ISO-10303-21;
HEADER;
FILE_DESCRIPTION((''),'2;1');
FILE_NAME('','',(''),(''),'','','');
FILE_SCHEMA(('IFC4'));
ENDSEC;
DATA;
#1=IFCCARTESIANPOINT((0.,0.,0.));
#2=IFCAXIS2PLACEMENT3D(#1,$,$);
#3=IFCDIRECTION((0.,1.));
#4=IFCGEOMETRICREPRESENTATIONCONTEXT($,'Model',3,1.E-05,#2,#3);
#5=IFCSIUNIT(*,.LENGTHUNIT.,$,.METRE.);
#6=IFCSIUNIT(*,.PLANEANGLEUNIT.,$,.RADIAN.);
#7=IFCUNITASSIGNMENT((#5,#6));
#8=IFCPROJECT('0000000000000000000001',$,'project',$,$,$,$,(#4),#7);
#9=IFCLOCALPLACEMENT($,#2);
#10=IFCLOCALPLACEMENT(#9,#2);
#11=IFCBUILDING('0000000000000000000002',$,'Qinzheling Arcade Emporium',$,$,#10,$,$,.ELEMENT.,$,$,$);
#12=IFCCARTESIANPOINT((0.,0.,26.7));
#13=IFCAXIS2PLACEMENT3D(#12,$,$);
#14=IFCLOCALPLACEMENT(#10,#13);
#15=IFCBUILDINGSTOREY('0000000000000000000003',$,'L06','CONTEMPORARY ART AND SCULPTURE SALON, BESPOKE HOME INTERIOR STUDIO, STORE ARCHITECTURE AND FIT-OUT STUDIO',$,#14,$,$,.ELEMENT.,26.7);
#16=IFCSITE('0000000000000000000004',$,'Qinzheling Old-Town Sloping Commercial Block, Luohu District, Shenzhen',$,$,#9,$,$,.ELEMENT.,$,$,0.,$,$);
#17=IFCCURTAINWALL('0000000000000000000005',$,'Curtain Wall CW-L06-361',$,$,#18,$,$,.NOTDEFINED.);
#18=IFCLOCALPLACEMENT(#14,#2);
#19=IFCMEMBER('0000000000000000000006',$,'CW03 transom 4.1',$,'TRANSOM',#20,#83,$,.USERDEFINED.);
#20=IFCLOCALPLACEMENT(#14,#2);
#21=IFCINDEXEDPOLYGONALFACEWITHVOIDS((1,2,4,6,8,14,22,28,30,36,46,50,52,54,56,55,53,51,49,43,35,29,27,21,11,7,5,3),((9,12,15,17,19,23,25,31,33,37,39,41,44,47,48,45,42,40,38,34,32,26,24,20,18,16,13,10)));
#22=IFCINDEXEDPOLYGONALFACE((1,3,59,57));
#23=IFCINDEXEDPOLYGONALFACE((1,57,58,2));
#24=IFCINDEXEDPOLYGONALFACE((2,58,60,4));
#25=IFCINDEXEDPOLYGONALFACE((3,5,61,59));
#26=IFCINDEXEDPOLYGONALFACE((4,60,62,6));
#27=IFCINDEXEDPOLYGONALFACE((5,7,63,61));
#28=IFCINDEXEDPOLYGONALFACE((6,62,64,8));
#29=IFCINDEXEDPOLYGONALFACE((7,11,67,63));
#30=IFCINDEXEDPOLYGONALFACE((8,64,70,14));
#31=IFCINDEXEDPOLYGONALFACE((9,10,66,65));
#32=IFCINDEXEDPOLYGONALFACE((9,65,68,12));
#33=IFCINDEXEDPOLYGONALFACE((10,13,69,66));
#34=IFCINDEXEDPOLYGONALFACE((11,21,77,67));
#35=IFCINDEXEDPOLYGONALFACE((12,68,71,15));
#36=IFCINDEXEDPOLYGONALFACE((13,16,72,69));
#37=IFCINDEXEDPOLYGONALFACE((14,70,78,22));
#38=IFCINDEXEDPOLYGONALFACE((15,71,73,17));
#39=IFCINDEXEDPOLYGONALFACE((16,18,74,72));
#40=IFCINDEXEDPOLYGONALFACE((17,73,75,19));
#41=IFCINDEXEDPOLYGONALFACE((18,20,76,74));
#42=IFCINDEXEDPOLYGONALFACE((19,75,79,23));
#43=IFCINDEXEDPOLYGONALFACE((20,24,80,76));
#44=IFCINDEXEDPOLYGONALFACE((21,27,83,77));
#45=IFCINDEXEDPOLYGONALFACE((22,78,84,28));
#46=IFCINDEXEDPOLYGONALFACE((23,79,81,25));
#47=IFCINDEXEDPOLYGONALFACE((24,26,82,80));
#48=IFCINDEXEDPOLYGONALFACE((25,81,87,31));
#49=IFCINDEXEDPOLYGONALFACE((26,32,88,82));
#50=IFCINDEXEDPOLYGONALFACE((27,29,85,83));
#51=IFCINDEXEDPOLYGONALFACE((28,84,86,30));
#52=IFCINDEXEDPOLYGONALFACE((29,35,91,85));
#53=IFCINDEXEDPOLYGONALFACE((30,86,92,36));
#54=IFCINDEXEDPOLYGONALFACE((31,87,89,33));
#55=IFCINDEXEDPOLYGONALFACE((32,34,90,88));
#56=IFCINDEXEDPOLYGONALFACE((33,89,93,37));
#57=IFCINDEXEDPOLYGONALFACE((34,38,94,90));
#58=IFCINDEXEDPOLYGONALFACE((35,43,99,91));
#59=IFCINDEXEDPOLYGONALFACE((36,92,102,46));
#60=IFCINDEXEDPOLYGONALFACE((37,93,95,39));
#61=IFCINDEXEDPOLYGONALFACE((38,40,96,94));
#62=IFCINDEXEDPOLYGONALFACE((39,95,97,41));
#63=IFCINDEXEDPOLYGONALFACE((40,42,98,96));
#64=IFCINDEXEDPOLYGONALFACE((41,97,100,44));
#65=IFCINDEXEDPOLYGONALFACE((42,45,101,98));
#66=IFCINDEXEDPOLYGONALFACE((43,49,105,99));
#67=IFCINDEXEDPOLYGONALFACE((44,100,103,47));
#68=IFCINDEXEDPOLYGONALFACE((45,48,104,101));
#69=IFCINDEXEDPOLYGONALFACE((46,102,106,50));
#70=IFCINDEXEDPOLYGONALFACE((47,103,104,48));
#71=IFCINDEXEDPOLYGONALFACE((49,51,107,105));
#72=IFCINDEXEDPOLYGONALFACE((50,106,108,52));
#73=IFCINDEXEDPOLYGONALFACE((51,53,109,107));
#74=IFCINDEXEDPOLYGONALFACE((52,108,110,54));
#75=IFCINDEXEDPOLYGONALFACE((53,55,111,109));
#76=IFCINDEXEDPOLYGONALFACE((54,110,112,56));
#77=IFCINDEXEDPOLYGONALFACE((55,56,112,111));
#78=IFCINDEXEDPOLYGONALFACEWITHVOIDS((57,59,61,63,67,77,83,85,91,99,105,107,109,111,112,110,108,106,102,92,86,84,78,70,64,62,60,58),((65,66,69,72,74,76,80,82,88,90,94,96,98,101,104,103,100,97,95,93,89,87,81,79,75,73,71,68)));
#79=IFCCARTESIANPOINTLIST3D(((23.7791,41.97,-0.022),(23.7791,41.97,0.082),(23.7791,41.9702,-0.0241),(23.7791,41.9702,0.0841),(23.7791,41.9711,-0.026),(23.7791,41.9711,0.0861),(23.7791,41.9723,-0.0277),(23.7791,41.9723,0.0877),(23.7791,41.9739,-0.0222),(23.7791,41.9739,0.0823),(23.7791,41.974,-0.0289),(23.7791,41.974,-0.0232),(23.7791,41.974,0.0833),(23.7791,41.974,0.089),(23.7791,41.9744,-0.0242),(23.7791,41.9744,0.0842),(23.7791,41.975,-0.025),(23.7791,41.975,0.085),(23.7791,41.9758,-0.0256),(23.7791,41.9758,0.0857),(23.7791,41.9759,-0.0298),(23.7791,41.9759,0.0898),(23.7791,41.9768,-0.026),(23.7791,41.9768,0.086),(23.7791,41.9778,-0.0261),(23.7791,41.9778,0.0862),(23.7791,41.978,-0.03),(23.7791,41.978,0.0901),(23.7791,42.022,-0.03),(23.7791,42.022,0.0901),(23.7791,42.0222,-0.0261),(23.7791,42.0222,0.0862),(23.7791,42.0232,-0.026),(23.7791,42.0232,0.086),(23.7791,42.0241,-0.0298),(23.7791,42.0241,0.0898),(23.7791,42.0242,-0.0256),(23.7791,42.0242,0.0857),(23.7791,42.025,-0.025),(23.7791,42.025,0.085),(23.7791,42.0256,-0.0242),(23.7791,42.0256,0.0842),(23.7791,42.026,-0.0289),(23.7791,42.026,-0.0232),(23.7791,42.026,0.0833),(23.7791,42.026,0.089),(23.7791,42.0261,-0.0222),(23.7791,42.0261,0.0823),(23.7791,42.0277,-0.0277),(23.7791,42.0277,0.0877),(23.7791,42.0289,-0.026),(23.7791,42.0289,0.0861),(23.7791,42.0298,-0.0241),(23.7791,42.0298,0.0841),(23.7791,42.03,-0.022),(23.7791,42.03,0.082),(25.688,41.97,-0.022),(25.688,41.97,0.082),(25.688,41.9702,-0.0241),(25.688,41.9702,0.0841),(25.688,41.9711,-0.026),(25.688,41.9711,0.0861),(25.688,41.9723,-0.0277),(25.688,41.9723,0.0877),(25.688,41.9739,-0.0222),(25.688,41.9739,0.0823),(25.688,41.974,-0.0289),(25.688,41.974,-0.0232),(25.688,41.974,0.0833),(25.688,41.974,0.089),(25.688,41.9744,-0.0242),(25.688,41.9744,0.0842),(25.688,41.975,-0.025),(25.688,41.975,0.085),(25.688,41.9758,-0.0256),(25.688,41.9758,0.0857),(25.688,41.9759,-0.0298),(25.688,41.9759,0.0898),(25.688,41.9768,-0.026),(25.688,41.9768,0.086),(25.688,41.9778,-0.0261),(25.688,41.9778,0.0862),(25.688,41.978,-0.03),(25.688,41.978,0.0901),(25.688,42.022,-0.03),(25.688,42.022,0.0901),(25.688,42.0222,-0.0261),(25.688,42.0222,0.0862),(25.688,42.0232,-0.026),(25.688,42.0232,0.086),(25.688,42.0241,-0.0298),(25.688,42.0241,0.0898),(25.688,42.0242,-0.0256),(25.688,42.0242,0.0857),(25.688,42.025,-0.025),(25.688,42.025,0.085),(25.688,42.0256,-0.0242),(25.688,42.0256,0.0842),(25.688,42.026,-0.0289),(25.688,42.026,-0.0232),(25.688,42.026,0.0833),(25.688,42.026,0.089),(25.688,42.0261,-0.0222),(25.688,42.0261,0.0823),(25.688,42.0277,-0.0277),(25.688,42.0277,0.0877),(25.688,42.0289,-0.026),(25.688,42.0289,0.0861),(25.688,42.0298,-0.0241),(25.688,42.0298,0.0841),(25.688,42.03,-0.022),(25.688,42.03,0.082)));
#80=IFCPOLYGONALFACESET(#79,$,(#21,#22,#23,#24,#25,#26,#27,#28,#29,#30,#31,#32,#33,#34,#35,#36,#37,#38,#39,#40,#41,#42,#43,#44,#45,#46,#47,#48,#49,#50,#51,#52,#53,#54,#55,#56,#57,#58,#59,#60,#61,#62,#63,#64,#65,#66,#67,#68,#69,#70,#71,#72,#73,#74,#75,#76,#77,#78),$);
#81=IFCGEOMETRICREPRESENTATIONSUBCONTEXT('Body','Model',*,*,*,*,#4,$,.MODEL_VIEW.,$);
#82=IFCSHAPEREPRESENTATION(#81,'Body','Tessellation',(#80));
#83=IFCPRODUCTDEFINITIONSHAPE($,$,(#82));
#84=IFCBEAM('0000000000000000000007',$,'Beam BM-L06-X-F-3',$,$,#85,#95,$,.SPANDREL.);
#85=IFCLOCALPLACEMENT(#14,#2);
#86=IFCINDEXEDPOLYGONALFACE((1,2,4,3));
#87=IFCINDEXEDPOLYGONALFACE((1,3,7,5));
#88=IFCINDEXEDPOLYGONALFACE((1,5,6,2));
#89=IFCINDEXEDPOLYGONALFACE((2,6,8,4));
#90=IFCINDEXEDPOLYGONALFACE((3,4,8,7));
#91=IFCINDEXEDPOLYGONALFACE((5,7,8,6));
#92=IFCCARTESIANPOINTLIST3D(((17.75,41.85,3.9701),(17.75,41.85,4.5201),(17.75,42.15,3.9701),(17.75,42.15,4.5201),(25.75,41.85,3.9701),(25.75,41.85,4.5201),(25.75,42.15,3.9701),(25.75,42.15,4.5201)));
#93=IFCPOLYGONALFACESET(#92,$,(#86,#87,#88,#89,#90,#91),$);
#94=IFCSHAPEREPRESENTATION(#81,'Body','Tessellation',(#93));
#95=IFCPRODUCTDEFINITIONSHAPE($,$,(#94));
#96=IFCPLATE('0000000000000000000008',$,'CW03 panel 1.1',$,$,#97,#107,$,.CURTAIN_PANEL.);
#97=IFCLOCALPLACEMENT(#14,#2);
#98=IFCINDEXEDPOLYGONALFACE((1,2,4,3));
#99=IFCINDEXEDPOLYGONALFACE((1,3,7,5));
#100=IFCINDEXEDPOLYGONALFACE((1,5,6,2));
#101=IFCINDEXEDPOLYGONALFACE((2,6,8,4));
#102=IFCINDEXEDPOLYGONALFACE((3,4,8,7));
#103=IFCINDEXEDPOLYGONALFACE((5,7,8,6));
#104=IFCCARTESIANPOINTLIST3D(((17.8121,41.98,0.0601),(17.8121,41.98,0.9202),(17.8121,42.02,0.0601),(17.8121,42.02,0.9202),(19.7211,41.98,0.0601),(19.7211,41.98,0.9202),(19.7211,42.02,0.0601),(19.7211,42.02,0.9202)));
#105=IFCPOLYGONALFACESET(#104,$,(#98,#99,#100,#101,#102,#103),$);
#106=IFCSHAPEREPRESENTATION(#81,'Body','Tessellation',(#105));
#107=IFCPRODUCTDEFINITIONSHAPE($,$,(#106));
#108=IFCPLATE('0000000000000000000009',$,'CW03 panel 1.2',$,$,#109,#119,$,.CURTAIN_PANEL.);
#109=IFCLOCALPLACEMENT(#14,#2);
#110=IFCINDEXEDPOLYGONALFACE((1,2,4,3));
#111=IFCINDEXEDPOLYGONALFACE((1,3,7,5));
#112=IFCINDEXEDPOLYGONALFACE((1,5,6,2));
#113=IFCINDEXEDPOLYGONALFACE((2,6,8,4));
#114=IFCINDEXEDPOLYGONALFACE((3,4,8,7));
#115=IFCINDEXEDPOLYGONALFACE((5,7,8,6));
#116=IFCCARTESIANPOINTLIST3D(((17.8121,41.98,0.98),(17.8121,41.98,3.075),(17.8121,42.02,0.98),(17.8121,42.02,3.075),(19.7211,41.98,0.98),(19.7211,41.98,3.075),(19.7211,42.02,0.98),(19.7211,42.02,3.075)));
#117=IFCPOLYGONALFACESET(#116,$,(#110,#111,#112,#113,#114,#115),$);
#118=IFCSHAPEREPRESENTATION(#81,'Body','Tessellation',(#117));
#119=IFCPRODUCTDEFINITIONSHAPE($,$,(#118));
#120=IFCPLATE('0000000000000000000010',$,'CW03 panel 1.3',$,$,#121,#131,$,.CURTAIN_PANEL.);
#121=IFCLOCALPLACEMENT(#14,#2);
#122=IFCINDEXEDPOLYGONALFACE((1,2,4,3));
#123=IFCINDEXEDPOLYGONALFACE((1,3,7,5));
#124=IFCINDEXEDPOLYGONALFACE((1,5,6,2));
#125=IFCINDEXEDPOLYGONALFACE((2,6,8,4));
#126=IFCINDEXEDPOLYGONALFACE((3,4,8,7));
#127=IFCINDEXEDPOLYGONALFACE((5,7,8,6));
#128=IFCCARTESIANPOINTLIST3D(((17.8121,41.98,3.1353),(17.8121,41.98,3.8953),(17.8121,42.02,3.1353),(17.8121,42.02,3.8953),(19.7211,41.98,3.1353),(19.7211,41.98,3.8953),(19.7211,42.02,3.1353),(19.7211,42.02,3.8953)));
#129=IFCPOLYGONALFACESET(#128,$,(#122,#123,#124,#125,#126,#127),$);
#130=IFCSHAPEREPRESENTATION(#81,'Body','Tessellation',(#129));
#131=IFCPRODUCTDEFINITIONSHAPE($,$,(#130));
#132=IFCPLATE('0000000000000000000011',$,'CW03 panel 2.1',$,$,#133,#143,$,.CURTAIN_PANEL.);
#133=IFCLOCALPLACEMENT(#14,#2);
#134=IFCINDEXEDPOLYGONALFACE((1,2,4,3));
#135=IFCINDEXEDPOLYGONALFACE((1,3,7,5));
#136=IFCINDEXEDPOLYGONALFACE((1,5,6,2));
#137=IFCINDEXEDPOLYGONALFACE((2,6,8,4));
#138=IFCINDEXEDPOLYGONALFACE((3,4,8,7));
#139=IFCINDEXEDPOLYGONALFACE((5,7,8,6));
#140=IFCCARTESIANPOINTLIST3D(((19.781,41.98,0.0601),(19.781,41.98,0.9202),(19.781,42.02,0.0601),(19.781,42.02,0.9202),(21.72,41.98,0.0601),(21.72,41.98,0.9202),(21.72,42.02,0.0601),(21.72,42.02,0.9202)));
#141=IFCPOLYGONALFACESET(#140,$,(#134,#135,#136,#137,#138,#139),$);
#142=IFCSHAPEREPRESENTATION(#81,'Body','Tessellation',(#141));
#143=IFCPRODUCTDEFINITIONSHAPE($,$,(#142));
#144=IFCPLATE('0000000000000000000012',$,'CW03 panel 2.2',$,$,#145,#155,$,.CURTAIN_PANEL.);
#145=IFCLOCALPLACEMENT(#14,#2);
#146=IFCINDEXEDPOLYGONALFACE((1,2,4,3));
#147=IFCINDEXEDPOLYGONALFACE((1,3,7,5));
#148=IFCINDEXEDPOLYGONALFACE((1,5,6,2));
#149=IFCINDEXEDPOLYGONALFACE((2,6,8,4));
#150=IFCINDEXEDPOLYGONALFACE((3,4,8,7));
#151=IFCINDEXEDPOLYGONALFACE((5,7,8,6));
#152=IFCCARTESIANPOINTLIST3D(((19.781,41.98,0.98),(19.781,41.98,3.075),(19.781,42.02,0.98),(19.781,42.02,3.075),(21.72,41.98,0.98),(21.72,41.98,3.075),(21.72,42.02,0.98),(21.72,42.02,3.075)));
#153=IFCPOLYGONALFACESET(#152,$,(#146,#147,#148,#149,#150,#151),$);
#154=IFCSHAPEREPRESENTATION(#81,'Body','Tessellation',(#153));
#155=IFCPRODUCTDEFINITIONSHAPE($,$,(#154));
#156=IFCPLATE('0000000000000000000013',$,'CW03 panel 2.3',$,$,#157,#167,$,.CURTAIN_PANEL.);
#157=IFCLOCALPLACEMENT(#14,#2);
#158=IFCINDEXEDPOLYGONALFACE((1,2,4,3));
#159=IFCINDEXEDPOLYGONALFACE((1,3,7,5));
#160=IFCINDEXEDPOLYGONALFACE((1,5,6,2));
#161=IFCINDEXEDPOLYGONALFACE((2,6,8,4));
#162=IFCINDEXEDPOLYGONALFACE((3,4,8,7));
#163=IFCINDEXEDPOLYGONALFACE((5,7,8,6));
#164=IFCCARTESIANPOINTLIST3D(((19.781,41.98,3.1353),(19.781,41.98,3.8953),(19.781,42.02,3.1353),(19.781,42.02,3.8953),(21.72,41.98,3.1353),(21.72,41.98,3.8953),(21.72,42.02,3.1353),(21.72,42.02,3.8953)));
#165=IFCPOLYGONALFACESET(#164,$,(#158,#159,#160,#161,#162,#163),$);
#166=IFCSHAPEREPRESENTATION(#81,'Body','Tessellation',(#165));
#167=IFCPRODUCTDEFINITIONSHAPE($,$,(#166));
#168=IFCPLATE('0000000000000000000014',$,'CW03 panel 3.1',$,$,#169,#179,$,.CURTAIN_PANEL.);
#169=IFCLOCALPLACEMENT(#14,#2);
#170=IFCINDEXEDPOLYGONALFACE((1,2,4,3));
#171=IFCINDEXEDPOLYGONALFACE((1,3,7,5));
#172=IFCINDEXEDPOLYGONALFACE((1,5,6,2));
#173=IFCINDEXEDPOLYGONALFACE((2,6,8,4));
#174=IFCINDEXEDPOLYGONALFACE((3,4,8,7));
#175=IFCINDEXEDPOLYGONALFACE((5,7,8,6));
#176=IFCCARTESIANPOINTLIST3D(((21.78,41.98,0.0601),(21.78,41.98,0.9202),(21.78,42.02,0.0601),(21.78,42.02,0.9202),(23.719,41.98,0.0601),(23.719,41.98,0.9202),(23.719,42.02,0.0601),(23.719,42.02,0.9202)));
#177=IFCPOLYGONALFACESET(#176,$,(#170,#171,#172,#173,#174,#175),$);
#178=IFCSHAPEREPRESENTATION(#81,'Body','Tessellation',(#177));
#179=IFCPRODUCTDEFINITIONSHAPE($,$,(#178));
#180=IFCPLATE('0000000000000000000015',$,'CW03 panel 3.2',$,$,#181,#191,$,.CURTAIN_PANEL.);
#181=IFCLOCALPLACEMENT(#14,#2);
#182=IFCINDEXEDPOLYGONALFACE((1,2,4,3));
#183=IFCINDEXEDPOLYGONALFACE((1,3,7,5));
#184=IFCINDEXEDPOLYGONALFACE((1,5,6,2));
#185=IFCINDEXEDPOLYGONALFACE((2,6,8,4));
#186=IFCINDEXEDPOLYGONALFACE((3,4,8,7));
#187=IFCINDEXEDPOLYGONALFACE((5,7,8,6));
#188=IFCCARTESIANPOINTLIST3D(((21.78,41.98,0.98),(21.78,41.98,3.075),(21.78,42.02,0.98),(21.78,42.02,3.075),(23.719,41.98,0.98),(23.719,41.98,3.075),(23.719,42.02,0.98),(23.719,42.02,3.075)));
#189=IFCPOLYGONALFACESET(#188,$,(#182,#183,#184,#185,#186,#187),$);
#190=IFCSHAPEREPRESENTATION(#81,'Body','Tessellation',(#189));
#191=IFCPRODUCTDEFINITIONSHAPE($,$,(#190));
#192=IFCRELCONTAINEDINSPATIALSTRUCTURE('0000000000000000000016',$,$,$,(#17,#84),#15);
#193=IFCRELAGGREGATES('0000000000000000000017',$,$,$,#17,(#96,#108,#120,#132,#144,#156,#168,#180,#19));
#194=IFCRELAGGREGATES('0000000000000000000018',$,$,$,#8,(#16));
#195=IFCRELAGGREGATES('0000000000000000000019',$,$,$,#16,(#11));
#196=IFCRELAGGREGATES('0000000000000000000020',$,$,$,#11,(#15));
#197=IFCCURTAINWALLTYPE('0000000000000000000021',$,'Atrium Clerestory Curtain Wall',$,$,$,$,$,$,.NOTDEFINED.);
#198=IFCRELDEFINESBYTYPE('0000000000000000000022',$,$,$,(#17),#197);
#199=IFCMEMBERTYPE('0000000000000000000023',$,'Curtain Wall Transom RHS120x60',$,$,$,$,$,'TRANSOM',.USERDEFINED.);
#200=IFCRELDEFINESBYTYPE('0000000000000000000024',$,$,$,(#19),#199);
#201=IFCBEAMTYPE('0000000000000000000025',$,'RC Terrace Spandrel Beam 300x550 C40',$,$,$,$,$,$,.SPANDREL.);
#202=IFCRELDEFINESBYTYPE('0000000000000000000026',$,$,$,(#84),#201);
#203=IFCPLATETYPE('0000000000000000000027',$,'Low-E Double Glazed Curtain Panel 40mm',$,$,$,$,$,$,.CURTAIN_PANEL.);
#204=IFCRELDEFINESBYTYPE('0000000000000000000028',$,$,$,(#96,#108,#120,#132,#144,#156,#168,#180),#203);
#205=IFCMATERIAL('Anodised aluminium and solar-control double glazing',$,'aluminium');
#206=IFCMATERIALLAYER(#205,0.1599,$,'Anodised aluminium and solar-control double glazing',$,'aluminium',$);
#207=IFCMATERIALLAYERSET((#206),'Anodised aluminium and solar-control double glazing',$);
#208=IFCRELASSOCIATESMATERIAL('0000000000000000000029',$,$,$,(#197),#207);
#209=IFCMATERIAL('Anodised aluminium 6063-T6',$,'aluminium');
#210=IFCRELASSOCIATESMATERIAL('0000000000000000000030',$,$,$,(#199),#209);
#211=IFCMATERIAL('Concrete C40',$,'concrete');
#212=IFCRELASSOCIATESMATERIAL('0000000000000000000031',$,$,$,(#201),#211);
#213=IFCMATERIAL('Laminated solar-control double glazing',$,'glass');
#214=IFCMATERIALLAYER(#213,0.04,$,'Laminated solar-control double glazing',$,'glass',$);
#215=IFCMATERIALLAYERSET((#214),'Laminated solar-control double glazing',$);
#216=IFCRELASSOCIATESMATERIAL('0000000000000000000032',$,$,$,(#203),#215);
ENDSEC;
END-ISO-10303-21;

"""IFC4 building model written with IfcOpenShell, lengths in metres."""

from ifc_helpers import new_model, si_unit, direction, frame, origin, origin_2d, place, context, subcontext, project, spatial, rectangle, hollow_rectangle, extrude, material, layer, layer_set, material_profile, profile_set, type_object, element, aggregate, save


model = new_model("IFC4")

# Units and contexts
model_context = context("Model", 3, precision=1e-05, world=origin(), true_north=direction((0.0, 1.0)))
body_context = subcontext(model_context, "Body", "Model", "MODEL_VIEW")
ifc_project = project(units=[si_unit("LENGTHUNIT", "METRE"), si_unit("PLANEANGLEUNIT", "RADIAN")], contexts=[model_context])

# Site, building, storey
site_placement = place(None, origin())
site = spatial("IfcSite", under=ifc_project, at=site_placement, Name="Qinzheling Old-Town Sloping Commercial Block, Luohu District, Shenzhen", CompositionType="ELEMENT", RefElevation=0.0)
building_placement = place(site_placement, origin())
building = spatial("IfcBuilding", under=site, at=building_placement, Name="Qinzheling Arcade Emporium", CompositionType="ELEMENT")
storey_placement = place(building_placement, frame((0.0, 0.0, 26.7)))
storey = spatial("IfcBuildingStorey", under=building, at=storey_placement, Name="L06", Description="CONTEMPORARY ART AND SCULPTURE SALON, BESPOKE HOME INTERIOR STUDIO, STORE ARCHITECTURE AND FIT-OUT STUDIO", CompositionType="ELEMENT", Elevation=26.7)

# Curtain wall, member
ifc_material_1 = material(Name="Anodised aluminium and solar-control double glazing", Category="aluminium")
ifc_layer_1 = layer(ifc_material_1, 0.1599, Name="Anodised aluminium and solar-control double glazing", Category="aluminium")
ifc_layer_set_1 = layer_set([ifc_layer_1], Name="Anodised aluminium and solar-control double glazing")
curtain_wall_type = type_object("IfcCurtainWallType", Name="Atrium Clerestory Curtain Wall", PredefinedType="NOTDEFINED", material=ifc_layer_set_1)
curtain_wall_placement = place(storey_placement, origin())
curtain_wall = element("IfcCurtainWall", 1, at=curtain_wall_placement, inside=storey, type_object=curtain_wall_type, Name="Curtain Wall CW-L06-361", PredefinedType="NOTDEFINED")
ifc_material_2 = material(Name="Anodised aluminium 6063-T6", Category="aluminium")
ifc_material_profile_1 = material_profile(ifc_material_2, hollow_rectangle(XDim=0.0601, YDim=0.1201, WallThickness=0.0039, InnerFilletRadius=0.0039, OuterFilletRadius=0.0081, at=origin_2d()), Name="RHS 120x60x4", Category="aluminium")
ifc_profile_set_1 = profile_set([ifc_material_profile_1], Name="Anodised aluminium 6063-T6")
member_type_1 = type_object("IfcMemberType", Name="Curtain Wall Transom RHS120x60", ElementType="TRANSOM", PredefinedType="USERDEFINED", material=ifc_profile_set_1)
member_1_placement = place(storey_placement, frame((23.7791, 42.0, 0.03), z_axis=(1.0, 0.0, 0.0), x_axis=(0.0, 1.0, 0.0)))
member_1 = element("IfcMember", 2, at=member_1_placement, type_object=member_type_1, Name="CW03 transom 4.1", ObjectType="TRANSOM", PredefinedType="USERDEFINED", context=body_context, shape_type="SweptSolid", body=[
    extrude(hollow_rectangle(XDim=0.0601, YDim=0.1201, WallThickness=0.0039, InnerFilletRadius=0.0039, OuterFilletRadius=0.0081, at=origin_2d()), origin(), (0.0, 0.0, 1.0), 1.9089),
])

# Beam
ifc_material_3 = material(Name="Concrete C40", Category="concrete")
ifc_material_profile_2 = material_profile(ifc_material_3, rectangle(XDim=0.3, YDim=0.55, at=origin_2d()), Name="RC 300x550", Category="concrete")
ifc_profile_set_2 = profile_set([ifc_material_profile_2], Name="Concrete C40")
beam_type = type_object("IfcBeamType", Name="RC Terrace Spandrel Beam 300x550 C40", PredefinedType="SPANDREL", material=ifc_profile_set_2)
beam_placement = place(storey_placement, frame((17.75, 42.0, 4.2451), z_axis=(1.0, 0.0, 0.0), x_axis=(0.0, 1.0, 0.0)))
element("IfcBeam", 3, at=beam_placement, inside=storey, type_object=beam_type, Name="Beam BM-L06-X-F-3", PredefinedType="SPANDREL", context=body_context, shape_type="SweptSolid", body=[
    extrude(rectangle(XDim=0.3, YDim=0.55, at=origin_2d()), origin(), (0.0, 0.0, 1.0), 8.0),
])

# Plates
ifc_material_4 = material(Name="Laminated solar-control double glazing", Category="glass")
ifc_layer_2 = layer(ifc_material_4, 0.04, Name="Laminated solar-control double glazing", Category="glass")
ifc_layer_set_2 = layer_set([ifc_layer_2], Name="Laminated solar-control double glazing")
plate_type = type_object("IfcPlateType", Name="Low-E Double Glazed Curtain Panel 40mm", PredefinedType="CURTAIN_PANEL", material=ifc_layer_set_2)
plate_1_placement = place(storey_placement, frame((18.7666, 42.0, 0.0601), z_axis=(0.0, 0.0, 1.0), x_axis=(1.0, 0.0, 0.0)))
plate_1 = element("IfcPlate", 4, at=plate_1_placement, type_object=plate_type, Name="CW03 panel 1.1", PredefinedType="CURTAIN_PANEL", context=body_context, shape_type="SweptSolid", body=[
    extrude(rectangle(XDim=1.9089, YDim=0.04, at=origin_2d()), origin(), (0.0, 0.0, 1.0), 0.8601),
])
plate_2_placement = place(storey_placement, frame((18.7666, 42.0, 0.98), z_axis=(0.0, 0.0, 1.0), x_axis=(1.0, 0.0, 0.0)))
plate_2 = element("IfcPlate", 5, at=plate_2_placement, type_object=plate_type, Name="CW03 panel 1.2", PredefinedType="CURTAIN_PANEL", context=body_context, shape_type="SweptSolid", body=[
    extrude(rectangle(XDim=1.9089, YDim=0.04, at=origin_2d()), origin(), (0.0, 0.0, 1.0), 2.095),
])
plate_3_placement = place(storey_placement, frame((18.7666, 42.0, 3.1353), z_axis=(0.0, 0.0, 1.0), x_axis=(1.0, 0.0, 0.0)))
plate_3 = element("IfcPlate", 6, at=plate_3_placement, type_object=plate_type, Name="CW03 panel 1.3", PredefinedType="CURTAIN_PANEL", context=body_context, shape_type="SweptSolid", body=[
    extrude(rectangle(XDim=1.9089, YDim=0.04, at=origin_2d()), origin(), (0.0, 0.0, 1.0), 0.76),
])
plate_4_placement = place(storey_placement, frame((20.7505, 42.0, 0.0601), z_axis=(0.0, 0.0, 1.0), x_axis=(1.0, 0.0, 0.0)))
plate_4 = element("IfcPlate", 7, at=plate_4_placement, type_object=plate_type, Name="CW03 panel 2.1", PredefinedType="CURTAIN_PANEL", context=body_context, shape_type="SweptSolid", body=[
    extrude(rectangle(XDim=1.939, YDim=0.04, at=origin_2d()), origin(), (0.0, 0.0, 1.0), 0.8601),
])
plate_5_placement = place(storey_placement, frame((20.7505, 42.0, 0.98), z_axis=(0.0, 0.0, 1.0), x_axis=(1.0, 0.0, 0.0)))
plate_5 = element("IfcPlate", 8, at=plate_5_placement, type_object=plate_type, Name="CW03 panel 2.2", PredefinedType="CURTAIN_PANEL", context=body_context, shape_type="SweptSolid", body=[
    extrude(rectangle(XDim=1.939, YDim=0.04, at=origin_2d()), origin(), (0.0, 0.0, 1.0), 2.095),
])
plate_6_placement = place(storey_placement, frame((20.7505, 42.0, 3.1353), z_axis=(0.0, 0.0, 1.0), x_axis=(1.0, 0.0, 0.0)))
plate_6 = element("IfcPlate", 9, at=plate_6_placement, type_object=plate_type, Name="CW03 panel 2.3", PredefinedType="CURTAIN_PANEL", context=body_context, shape_type="SweptSolid", body=[
    extrude(rectangle(XDim=1.939, YDim=0.04, at=origin_2d()), origin(), (0.0, 0.0, 1.0), 0.76),
])
plate_7_placement = place(storey_placement, frame((22.7495, 42.0, 0.0601), z_axis=(0.0, 0.0, 1.0), x_axis=(1.0, 0.0, 0.0)))
plate_7 = element("IfcPlate", 10, at=plate_7_placement, type_object=plate_type, Name="CW03 panel 3.1", PredefinedType="CURTAIN_PANEL", context=body_context, shape_type="SweptSolid", body=[
    extrude(rectangle(XDim=1.939, YDim=0.04, at=origin_2d()), origin(), (0.0, 0.0, 1.0), 0.8601),
])
plate_8_placement = place(storey_placement, frame((22.7495, 42.0, 0.98), z_axis=(0.0, 0.0, 1.0), x_axis=(1.0, 0.0, 0.0)))
plate_8 = element("IfcPlate", 11, at=plate_8_placement, type_object=plate_type, Name="CW03 panel 3.2", PredefinedType="CURTAIN_PANEL", context=body_context, shape_type="SweptSolid", body=[
    extrude(rectangle(XDim=1.939, YDim=0.04, at=origin_2d()), origin(), (0.0, 0.0, 1.0), 2.095),
])
aggregate(curtain_wall, [plate_1, plate_2, plate_3, plate_4, plate_5, plate_6, plate_7, plate_8, member_1])

save(model, "model.ifc")
